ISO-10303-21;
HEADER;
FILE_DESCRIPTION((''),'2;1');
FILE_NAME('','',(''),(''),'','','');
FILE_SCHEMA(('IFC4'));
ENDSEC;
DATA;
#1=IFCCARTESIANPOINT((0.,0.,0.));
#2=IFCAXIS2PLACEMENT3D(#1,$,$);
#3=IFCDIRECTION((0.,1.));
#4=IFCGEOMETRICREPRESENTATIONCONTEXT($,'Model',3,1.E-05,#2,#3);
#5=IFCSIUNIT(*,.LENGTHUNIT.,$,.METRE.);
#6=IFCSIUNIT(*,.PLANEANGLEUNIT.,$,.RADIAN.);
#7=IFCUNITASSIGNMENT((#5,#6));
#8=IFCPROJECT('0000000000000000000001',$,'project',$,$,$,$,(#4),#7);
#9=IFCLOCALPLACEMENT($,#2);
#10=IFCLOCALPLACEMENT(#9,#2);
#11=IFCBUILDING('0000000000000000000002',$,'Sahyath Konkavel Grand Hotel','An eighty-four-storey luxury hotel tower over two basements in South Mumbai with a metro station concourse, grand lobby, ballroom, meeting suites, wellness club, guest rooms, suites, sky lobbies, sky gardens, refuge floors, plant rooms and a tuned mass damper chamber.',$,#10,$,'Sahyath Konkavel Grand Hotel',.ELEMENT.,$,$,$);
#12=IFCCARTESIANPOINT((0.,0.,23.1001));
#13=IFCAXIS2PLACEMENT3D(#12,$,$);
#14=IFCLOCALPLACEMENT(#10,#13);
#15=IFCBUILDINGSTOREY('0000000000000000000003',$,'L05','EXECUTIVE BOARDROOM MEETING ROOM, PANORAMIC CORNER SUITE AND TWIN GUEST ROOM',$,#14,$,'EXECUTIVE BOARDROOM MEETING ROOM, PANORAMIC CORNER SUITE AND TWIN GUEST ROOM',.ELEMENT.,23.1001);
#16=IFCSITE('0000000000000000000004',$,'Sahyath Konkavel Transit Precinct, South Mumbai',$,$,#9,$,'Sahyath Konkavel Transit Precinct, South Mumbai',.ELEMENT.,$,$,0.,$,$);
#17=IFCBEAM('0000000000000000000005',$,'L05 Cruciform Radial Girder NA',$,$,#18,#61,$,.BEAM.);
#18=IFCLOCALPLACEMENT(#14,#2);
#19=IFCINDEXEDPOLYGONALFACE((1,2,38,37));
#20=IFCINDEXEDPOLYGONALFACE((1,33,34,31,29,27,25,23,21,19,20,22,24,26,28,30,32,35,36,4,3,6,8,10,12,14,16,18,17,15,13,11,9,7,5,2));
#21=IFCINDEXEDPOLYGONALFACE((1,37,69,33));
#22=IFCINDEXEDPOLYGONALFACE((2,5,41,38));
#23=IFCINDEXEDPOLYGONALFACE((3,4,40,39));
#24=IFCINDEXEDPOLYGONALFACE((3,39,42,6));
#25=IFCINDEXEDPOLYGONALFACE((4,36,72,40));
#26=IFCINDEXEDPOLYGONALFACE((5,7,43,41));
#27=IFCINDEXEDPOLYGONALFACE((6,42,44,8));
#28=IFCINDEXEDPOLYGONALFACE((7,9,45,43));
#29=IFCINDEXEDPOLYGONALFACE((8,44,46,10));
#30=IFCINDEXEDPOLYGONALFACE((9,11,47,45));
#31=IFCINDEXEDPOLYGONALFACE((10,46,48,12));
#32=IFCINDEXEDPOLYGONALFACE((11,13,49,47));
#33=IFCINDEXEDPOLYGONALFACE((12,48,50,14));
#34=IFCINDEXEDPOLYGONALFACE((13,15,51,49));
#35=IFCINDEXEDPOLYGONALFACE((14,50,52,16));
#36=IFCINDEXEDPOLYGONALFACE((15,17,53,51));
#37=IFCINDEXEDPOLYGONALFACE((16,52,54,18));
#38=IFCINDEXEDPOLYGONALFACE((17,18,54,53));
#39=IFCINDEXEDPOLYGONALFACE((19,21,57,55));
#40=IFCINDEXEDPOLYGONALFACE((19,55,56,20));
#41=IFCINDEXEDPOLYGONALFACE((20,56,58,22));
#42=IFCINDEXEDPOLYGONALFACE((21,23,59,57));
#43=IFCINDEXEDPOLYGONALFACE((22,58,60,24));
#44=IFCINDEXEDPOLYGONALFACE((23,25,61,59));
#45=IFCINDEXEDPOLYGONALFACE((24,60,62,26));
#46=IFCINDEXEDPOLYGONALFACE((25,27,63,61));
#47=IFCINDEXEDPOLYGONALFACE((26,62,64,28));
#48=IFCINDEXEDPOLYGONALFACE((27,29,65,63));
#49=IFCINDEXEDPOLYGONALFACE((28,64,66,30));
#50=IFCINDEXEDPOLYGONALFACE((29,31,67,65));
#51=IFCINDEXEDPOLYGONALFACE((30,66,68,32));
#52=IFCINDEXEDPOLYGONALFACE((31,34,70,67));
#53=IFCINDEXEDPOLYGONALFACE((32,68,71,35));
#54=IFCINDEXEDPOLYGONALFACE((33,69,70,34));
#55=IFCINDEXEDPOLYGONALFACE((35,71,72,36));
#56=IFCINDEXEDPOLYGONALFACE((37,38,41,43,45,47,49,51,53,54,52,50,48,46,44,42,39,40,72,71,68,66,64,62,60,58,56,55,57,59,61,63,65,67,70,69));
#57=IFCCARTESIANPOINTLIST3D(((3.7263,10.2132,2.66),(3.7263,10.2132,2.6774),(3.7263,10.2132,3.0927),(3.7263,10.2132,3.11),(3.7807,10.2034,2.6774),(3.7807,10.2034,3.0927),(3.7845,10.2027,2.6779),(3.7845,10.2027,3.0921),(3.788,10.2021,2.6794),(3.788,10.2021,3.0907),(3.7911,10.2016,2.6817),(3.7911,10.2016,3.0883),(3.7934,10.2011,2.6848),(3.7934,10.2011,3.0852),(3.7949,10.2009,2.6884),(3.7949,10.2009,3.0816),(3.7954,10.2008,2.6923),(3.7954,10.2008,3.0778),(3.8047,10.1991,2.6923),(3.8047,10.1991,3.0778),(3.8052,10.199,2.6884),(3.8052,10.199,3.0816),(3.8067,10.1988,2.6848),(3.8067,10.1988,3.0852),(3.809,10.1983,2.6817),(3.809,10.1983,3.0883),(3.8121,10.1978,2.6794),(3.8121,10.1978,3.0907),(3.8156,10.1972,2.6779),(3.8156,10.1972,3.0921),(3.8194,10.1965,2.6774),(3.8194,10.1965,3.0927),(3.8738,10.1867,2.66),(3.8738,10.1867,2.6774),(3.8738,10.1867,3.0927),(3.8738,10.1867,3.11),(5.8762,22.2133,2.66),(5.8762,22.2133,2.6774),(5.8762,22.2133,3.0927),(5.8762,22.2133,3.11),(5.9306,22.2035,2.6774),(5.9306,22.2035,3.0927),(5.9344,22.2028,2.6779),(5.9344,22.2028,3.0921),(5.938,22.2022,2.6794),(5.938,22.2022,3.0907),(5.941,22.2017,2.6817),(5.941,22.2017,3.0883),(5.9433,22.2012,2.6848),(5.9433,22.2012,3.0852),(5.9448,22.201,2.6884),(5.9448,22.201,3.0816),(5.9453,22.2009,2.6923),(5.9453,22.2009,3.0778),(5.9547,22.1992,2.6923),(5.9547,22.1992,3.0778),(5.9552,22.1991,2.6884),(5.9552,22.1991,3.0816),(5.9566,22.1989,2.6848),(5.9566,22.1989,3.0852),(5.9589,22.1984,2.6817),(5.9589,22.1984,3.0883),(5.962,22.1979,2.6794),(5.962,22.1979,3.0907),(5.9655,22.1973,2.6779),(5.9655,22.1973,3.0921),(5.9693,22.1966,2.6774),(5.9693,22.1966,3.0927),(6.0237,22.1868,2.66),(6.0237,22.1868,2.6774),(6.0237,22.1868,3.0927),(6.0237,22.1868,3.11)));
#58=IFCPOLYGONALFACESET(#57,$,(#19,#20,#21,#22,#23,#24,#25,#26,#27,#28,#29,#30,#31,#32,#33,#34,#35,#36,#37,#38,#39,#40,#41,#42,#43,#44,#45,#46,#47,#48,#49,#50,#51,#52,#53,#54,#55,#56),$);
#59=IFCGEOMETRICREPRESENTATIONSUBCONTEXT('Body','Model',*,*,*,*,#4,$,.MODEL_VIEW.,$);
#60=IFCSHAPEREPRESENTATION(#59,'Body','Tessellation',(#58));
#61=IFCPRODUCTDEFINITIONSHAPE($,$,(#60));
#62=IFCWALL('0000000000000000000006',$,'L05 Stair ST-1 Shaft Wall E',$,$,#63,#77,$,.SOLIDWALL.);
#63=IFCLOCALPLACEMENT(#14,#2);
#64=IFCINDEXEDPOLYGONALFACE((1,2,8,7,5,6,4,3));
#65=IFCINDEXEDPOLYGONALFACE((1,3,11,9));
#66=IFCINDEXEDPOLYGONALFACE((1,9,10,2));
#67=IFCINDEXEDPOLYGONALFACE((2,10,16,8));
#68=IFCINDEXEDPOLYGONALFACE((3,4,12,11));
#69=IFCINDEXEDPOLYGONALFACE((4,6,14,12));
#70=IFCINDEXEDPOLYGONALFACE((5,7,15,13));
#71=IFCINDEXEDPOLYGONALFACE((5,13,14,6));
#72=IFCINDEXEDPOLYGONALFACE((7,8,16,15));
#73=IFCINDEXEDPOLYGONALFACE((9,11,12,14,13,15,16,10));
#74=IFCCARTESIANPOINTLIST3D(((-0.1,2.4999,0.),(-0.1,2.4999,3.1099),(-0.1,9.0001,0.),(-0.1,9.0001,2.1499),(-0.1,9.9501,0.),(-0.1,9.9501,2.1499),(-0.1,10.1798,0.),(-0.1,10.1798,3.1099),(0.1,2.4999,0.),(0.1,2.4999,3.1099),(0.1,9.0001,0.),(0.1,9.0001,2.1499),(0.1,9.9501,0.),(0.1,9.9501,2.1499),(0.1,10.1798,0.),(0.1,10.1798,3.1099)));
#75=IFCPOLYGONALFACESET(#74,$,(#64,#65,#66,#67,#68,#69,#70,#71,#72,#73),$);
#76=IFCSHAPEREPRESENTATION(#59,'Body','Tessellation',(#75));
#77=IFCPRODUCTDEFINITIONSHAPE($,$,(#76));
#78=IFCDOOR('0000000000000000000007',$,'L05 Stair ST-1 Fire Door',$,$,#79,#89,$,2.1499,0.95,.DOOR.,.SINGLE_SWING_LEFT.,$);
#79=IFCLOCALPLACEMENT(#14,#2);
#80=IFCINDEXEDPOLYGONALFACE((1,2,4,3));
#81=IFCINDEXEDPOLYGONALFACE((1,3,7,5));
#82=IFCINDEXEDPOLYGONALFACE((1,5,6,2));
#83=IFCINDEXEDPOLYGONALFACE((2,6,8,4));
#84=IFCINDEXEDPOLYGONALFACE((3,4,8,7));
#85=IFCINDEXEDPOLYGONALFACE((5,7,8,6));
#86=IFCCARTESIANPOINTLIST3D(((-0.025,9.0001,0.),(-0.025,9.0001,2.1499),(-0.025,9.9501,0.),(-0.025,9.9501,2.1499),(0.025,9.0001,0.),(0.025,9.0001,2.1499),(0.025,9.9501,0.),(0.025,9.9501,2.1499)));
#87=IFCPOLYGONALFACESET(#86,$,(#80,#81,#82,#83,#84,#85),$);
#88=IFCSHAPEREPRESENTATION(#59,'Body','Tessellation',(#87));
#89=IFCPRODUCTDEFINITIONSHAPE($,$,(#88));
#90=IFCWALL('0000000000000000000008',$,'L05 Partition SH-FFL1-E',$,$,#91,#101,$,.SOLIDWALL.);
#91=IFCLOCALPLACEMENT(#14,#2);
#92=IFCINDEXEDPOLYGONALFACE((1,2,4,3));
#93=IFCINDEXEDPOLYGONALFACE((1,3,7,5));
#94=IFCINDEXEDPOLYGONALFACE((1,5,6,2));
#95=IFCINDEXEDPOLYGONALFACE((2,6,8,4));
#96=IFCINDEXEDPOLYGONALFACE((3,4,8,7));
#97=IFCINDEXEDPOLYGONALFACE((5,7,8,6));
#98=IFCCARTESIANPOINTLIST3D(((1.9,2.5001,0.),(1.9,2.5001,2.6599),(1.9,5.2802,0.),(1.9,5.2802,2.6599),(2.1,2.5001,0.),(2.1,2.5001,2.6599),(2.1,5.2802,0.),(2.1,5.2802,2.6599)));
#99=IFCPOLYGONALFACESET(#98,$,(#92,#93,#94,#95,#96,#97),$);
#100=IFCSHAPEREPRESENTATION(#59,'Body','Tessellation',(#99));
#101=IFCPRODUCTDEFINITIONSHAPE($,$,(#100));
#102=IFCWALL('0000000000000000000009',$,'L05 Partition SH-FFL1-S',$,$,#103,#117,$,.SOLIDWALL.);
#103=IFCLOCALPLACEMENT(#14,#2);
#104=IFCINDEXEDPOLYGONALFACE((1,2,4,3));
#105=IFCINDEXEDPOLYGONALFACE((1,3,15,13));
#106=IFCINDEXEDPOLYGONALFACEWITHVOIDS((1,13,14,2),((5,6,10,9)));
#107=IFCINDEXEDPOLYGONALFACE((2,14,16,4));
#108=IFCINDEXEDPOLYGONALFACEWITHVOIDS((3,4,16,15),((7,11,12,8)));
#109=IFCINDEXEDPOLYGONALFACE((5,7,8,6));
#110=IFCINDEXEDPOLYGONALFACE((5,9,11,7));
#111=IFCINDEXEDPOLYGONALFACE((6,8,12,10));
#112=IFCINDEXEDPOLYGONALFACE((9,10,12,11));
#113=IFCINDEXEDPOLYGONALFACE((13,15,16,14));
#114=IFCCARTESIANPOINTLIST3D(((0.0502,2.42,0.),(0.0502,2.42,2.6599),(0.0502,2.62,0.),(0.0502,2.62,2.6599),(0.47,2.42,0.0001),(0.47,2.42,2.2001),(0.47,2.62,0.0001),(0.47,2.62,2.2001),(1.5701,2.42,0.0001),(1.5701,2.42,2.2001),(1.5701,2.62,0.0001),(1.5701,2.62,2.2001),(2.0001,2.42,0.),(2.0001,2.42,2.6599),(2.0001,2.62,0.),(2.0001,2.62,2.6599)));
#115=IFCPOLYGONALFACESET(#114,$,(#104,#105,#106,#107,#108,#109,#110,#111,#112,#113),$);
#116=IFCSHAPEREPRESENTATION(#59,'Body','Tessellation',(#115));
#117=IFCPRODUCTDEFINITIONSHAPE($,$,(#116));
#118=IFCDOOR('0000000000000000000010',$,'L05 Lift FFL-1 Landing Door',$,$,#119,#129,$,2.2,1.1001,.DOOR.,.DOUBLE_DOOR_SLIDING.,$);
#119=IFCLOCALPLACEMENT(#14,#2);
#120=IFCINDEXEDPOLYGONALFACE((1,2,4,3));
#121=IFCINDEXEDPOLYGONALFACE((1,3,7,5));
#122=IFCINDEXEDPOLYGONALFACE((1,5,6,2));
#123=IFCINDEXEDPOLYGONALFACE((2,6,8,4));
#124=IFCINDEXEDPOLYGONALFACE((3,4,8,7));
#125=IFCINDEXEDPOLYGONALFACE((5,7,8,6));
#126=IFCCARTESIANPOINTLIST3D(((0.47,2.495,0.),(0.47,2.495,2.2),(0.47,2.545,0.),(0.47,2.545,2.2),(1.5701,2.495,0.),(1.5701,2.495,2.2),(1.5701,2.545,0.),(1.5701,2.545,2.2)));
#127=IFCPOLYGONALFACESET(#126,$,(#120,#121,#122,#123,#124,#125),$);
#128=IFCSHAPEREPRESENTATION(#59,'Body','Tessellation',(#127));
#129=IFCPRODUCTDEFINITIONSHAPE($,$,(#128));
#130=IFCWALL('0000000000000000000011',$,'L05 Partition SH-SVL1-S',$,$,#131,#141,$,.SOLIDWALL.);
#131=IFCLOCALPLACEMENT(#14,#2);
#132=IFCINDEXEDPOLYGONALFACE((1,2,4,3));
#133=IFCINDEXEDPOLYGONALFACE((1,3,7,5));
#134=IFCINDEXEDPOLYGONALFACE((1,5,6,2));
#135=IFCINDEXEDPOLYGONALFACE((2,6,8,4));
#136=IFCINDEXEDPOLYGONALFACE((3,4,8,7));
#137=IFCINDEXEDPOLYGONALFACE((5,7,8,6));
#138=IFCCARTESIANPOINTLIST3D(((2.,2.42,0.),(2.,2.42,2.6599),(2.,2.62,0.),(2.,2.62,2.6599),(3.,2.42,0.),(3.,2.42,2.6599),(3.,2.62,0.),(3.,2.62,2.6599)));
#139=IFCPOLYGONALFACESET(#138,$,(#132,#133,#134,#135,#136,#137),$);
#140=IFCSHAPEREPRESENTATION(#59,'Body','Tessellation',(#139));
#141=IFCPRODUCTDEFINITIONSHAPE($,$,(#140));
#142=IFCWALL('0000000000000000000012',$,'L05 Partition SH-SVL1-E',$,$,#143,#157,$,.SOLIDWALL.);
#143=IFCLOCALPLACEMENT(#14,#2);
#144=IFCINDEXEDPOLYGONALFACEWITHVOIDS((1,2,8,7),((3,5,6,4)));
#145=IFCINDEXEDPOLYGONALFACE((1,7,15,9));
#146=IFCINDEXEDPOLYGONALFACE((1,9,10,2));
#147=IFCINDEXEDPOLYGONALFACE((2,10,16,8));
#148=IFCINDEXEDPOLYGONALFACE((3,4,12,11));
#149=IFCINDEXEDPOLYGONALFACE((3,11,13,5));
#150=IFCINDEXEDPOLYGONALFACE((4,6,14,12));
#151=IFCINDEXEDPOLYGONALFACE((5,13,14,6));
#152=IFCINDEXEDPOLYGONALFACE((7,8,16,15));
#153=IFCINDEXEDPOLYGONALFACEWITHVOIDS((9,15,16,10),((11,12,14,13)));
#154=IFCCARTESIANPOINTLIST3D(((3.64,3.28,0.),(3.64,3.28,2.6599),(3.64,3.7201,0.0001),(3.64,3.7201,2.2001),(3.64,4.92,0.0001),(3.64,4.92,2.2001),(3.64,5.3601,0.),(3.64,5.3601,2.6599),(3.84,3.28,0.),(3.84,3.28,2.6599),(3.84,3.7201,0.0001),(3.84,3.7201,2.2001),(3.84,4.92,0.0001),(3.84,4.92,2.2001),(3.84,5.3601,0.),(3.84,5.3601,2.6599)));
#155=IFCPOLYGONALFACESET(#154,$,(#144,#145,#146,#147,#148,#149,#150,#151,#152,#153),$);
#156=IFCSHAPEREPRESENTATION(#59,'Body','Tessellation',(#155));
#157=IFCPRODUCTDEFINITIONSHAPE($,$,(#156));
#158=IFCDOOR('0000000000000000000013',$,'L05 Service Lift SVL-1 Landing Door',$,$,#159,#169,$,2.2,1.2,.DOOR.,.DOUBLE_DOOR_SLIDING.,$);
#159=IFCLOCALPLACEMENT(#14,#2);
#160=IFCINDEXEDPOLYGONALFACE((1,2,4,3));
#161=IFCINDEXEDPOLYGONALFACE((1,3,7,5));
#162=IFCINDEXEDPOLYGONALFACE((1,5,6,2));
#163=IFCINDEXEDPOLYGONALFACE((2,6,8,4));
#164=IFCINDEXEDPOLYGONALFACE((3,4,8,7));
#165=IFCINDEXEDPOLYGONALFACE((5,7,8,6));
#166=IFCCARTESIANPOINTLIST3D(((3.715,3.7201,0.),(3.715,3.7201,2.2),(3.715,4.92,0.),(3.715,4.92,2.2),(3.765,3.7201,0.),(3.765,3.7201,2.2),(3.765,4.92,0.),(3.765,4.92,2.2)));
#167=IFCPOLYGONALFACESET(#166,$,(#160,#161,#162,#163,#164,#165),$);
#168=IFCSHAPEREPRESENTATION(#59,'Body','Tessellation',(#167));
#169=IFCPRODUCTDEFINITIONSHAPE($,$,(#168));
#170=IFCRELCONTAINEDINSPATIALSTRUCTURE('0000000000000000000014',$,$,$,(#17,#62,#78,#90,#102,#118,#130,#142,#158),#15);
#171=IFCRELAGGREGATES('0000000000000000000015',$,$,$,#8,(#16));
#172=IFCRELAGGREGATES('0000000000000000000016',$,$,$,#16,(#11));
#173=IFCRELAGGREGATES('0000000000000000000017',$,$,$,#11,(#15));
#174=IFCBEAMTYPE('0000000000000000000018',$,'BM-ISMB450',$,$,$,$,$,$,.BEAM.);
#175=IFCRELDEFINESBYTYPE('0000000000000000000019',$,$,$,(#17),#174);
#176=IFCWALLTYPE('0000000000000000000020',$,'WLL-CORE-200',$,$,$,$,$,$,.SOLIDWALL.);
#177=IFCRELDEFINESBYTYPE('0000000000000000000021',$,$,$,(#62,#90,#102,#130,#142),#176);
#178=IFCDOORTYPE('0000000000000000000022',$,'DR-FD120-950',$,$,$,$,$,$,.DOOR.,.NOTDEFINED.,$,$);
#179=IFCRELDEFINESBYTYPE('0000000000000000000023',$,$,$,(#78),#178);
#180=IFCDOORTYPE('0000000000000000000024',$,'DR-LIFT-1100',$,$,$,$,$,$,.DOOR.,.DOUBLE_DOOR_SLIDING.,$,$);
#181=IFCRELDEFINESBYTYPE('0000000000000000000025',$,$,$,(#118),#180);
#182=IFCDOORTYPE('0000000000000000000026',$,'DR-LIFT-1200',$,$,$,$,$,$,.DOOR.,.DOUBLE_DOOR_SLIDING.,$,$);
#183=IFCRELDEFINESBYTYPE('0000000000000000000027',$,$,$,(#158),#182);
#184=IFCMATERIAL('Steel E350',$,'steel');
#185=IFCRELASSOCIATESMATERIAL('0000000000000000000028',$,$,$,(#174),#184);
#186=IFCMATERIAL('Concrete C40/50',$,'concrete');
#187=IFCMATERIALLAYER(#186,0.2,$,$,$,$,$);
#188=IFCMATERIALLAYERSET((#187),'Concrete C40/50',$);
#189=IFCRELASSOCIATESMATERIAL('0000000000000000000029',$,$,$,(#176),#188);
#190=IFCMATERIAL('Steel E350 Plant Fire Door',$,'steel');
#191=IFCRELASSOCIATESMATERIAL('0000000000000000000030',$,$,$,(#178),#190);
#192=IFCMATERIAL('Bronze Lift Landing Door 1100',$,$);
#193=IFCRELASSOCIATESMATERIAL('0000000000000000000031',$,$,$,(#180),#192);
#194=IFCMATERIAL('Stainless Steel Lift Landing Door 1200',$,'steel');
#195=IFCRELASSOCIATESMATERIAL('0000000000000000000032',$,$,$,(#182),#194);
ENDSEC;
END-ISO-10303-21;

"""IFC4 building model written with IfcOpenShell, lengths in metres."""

from ifc_helpers import new_model, si_unit, direction, frame, frame_2d, origin, origin_2d, place, context, subcontext, project, spatial, rectangle, i_section, extrude, source, transform, mapped, material, layer, layer_set, material_profile, profile_set, type_object, element, fill, save


model = new_model("IFC4")

# Units and contexts
model_context = context("Model", 3, precision=1e-05, world=origin(), true_north=direction((0.0, 1.0)))
body_context = subcontext(model_context, "Body", "Model", "MODEL_VIEW")
ifc_project = project(units=[si_unit("LENGTHUNIT", "METRE"), si_unit("PLANEANGLEUNIT", "RADIAN")], contexts=[model_context])

# Site, building, storey
site_placement = place(None, origin())
site = spatial("IfcSite", under=ifc_project, at=site_placement, Name="Sahyath Konkavel Transit Precinct, South Mumbai", LongName="Sahyath Konkavel Transit Precinct, South Mumbai", CompositionType="ELEMENT", RefElevation=0.0)
building_placement = place(site_placement, origin())
building = spatial("IfcBuilding", under=site, at=building_placement, Name="Sahyath Konkavel Grand Hotel", Description="An eighty-four-storey luxury hotel tower over two basements in South Mumbai with a metro station concourse, grand lobby, ballroom, meeting suites, wellness club, guest rooms, suites, sky lobbies, sky gardens, refuge floors, plant rooms and a tuned mass damper chamber.", LongName="Sahyath Konkavel Grand Hotel", CompositionType="ELEMENT")
storey_placement = place(building_placement, frame((0.0, 0.0, 23.1001)))
storey = spatial("IfcBuildingStorey", under=building, at=storey_placement, Name="L05", Description="EXECUTIVE BOARDROOM MEETING ROOM, PANORAMIC CORNER SUITE AND TWIN GUEST ROOM", LongName="EXECUTIVE BOARDROOM MEETING ROOM, PANORAMIC CORNER SUITE AND TWIN GUEST ROOM", CompositionType="ELEMENT", Elevation=23.1001)

# Beam
ifc_material_1 = material(Name="Steel E350", Category="steel")
ifc_material_profile_1 = material_profile(ifc_material_1, i_section(OverallWidth=0.1499, OverallDepth=0.45, WebThickness=0.0095, FlangeThickness=0.0173, FilletRadius=0.0149, at=origin_2d()), Name="ISMB 450")
ifc_profile_set_1 = profile_set([ifc_material_profile_1], Name="Steel E350")
beam_type_1 = type_object("IfcBeamType", Name="BM-ISMB450", PredefinedType="BEAM", material=ifc_profile_set_1)
shared_shape_1 = source(origin(), body_context, "Body", "SweptSolid", [
    extrude(i_section(OverallWidth=0.1499, OverallDepth=0.45, WebThickness=0.0095, FlangeThickness=0.0173, FilletRadius=0.0149, at=origin_2d()), origin(), (0.0, 0.0, 1.0), 12.1912),
])
beam_1_placement = place(storey_placement, frame((3.8, 10.2, 2.885), z_axis=(0.176351, 0.984327, 0.0), x_axis=(-0.984327, 0.176351, 0.0)))
element("IfcBeam", 1, at=beam_1_placement, inside=storey, type_object=beam_type_1, Name="L05 Cruciform Radial Girder NA", PredefinedType="BEAM", context=body_context, shape_type="MappedRepresentation", body=[
    mapped(shared_shape_1, transform((0.0, 0.0, 0.0), scale=1.0)),
])

# Wall, opening, door
ifc_material_2 = material(Name="Concrete C40/50", Category="concrete")
ifc_layer_1 = layer(ifc_material_2, 0.2)
ifc_layer_set_1 = layer_set([ifc_layer_1], Name="Concrete C40/50")
wall_type_1 = type_object("IfcWallType", Name="WLL-CORE-200", PredefinedType="SOLIDWALL", material=ifc_layer_set_1)
wall_1_placement = place(storey_placement, frame((0.0, 2.5, 0.0), z_axis=(0.0, 0.0, 1.0), x_axis=(0.0, 1.0, 0.0)))
wall_1 = element("IfcWall", 2, at=wall_1_placement, inside=storey, type_object=wall_type_1, Name="L05 Stair ST-1 Shaft Wall E", PredefinedType="SOLIDWALL", context=body_context, shape_type="SweptSolid", body=[
    extrude(rectangle(XDim=7.6799, YDim=0.2, at=frame_2d((3.8398, 0.0))), origin(), (0.0, 0.0, 1.0), 3.1099),
])
opening_1_placement = place(wall_1_placement, frame((6.5, 0.0, 0.0)))
opening_1 = element("IfcOpeningElement", 3, at=opening_1_placement, cuts=wall_1, PredefinedType="OPENING", context=body_context, shape_type="SweptSolid", body=[
    extrude(rectangle(XDim=0.95, YDim=2.1499, at=frame_2d((0.4751, 1.075))), frame((0.0, 0.1099, 0.0), z_axis=(0.0, -1.0, 0.0), x_axis=(1.0, 0.0, 0.0)), (0.0, 0.0, 1.0), 0.22),
])
ifc_material_3 = material(Name="Steel E350 Plant Fire Door", Category="steel")
door_type_1 = type_object("IfcDoorType", Name="DR-FD120-950", OperationType="NOTDEFINED", PredefinedType="DOOR", material=ifc_material_3)
shared_shape_2 = source(origin(), body_context, "Body", "SweptSolid", [
    extrude(rectangle(XDim=0.95, YDim=0.05, at=origin_2d()), origin(), (0.0, 0.0, 1.0), 2.1499),
])
door_1_placement = place(opening_1_placement, frame((0.4751, 0.0, 0.0)))
door_1 = element("IfcDoor", 4, at=door_1_placement, inside=storey, type_object=door_type_1, Name="L05 Stair ST-1 Fire Door", OperationType="SINGLE_SWING_LEFT", OverallHeight=2.1499, OverallWidth=0.95, PredefinedType="DOOR", context=body_context, shape_type="MappedRepresentation", body=[
    mapped(shared_shape_2, transform((0.0, 0.0, 0.0), scale=1.0)),
])
fill(opening_1, door_1)

# Wall
wall_2_placement = place(storey_placement, frame((2.0, 2.5, 0.0), z_axis=(0.0, 0.0, 1.0), x_axis=(0.0, 1.0, 0.0)))
element("IfcWall", 5, at=wall_2_placement, inside=storey, type_object=wall_type_1, Name="L05 Partition SH-FFL1-E", PredefinedType="SOLIDWALL", context=body_context, shape_type="SweptSolid", body=[
    extrude(rectangle(XDim=2.78, YDim=0.2, at=frame_2d((1.3901, 0.0))), origin(), (0.0, 0.0, 1.0), 2.6599),
])

# Wall, opening, door
wall_3_placement = place(storey_placement, frame((0.05, 2.52, 0.0), z_axis=(0.0, 0.0, 1.0), x_axis=(1.0, 0.0, 0.0)))
wall_3 = element("IfcWall", 6, at=wall_3_placement, inside=storey, type_object=wall_type_1, Name="L05 Partition SH-FFL1-S", PredefinedType="SOLIDWALL", context=body_context, shape_type="SweptSolid", body=[
    extrude(rectangle(XDim=1.95, YDim=0.2, at=frame_2d((0.9751, 0.0))), origin(), (0.0, 0.0, 1.0), 2.6599),
])
opening_2_placement = place(wall_3_placement, frame((0.4199, 0.0, 0.0)))
opening_2 = element("IfcOpeningElement", 7, at=opening_2_placement, cuts=wall_3, PredefinedType="OPENING", context=body_context, shape_type="SweptSolid", body=[
    extrude(rectangle(XDim=1.1001, YDim=2.2, at=frame_2d((0.55, 1.1001))), frame((0.0, 0.1099, 0.0), z_axis=(0.0, -1.0, 0.0), x_axis=(1.0, 0.0, 0.0)), (0.0, 0.0, 1.0), 0.22),
])
ifc_material_4 = material(Name="Bronze Lift Landing Door 1100")
door_type_2 = type_object("IfcDoorType", Name="DR-LIFT-1100", OperationType="DOUBLE_DOOR_SLIDING", PredefinedType="DOOR", material=ifc_material_4)
shared_shape_3 = source(origin(), body_context, "Body", "SweptSolid", [
    extrude(rectangle(XDim=1.1001, YDim=0.05, at=origin_2d()), origin(), (0.0, 0.0, 1.0), 2.2),
])
door_2_placement = place(opening_2_placement, frame((0.55, 0.0, 0.0)))
door_2 = element("IfcDoor", 8, at=door_2_placement, inside=storey, type_object=door_type_2, Name="L05 Lift FFL-1 Landing Door", OperationType="DOUBLE_DOOR_SLIDING", OverallHeight=2.2, OverallWidth=1.1001, PredefinedType="DOOR", context=body_context, shape_type="MappedRepresentation", body=[
    mapped(shared_shape_3, transform((0.0, 0.0, 0.0), scale=1.0)),
])
fill(opening_2, door_2)

# Wall
wall_4_placement = place(storey_placement, frame((2.0, 2.52, 0.0), z_axis=(0.0, 0.0, 1.0), x_axis=(1.0, 0.0, 0.0)))
element("IfcWall", 9, at=wall_4_placement, inside=storey, type_object=wall_type_1, Name="L05 Partition SH-SVL1-S", PredefinedType="SOLIDWALL", context=body_context, shape_type="SweptSolid", body=[
    extrude(rectangle(XDim=1.0, YDim=0.2, at=frame_2d((0.5, 0.0))), origin(), (0.0, 0.0, 1.0), 2.6599),
])

# Wall, opening, door
wall_5_placement = place(storey_placement, frame((3.74, 3.28, 0.0), z_axis=(0.0, 0.0, 1.0), x_axis=(0.0, 1.0, 0.0)))
wall_5 = element("IfcWall", 10, at=wall_5_placement, inside=storey, type_object=wall_type_1, Name="L05 Partition SH-SVL1-E", PredefinedType="SOLIDWALL", context=body_context, shape_type="SweptSolid", body=[
    extrude(rectangle(XDim=2.0801, YDim=0.2, at=frame_2d((1.04, 0.0))), origin(), (0.0, 0.0, 1.0), 2.6599),
])
opening_3_placement = place(wall_5_placement, frame((0.4399, 0.0, 0.0)))
opening_3 = element("IfcOpeningElement", 11, at=opening_3_placement, cuts=wall_5, PredefinedType="OPENING", context=body_context, shape_type="SweptSolid", body=[
    extrude(rectangle(XDim=1.2, YDim=2.2, at=frame_2d((0.6001, 1.1001))), frame((0.0, 0.1099, 0.0), z_axis=(0.0, -1.0, 0.0), x_axis=(1.0, 0.0, 0.0)), (0.0, 0.0, 1.0), 0.22),
])
ifc_material_5 = material(Name="Stainless Steel Lift Landing Door 1200", Category="steel")
door_type_3 = type_object("IfcDoorType", Name="DR-LIFT-1200", OperationType="DOUBLE_DOOR_SLIDING", PredefinedType="DOOR", material=ifc_material_5)
shared_shape_4 = source(origin(), body_context, "Body", "SweptSolid", [
    extrude(rectangle(XDim=1.2, YDim=0.05, at=origin_2d()), origin(), (0.0, 0.0, 1.0), 2.2),
])
door_3_placement = place(opening_3_placement, frame((0.6001, 0.0, 0.0)))
door_3 = element("IfcDoor", 12, at=door_3_placement, inside=storey, type_object=door_type_3, Name="L05 Service Lift SVL-1 Landing Door", OperationType="DOUBLE_DOOR_SLIDING", OverallHeight=2.2, OverallWidth=1.2, PredefinedType="DOOR", context=body_context, shape_type="MappedRepresentation", body=[
    mapped(shared_shape_4, transform((0.0, 0.0, 0.0), scale=1.0)),
])
fill(opening_3, door_3)

save(model, "model.ifc")
